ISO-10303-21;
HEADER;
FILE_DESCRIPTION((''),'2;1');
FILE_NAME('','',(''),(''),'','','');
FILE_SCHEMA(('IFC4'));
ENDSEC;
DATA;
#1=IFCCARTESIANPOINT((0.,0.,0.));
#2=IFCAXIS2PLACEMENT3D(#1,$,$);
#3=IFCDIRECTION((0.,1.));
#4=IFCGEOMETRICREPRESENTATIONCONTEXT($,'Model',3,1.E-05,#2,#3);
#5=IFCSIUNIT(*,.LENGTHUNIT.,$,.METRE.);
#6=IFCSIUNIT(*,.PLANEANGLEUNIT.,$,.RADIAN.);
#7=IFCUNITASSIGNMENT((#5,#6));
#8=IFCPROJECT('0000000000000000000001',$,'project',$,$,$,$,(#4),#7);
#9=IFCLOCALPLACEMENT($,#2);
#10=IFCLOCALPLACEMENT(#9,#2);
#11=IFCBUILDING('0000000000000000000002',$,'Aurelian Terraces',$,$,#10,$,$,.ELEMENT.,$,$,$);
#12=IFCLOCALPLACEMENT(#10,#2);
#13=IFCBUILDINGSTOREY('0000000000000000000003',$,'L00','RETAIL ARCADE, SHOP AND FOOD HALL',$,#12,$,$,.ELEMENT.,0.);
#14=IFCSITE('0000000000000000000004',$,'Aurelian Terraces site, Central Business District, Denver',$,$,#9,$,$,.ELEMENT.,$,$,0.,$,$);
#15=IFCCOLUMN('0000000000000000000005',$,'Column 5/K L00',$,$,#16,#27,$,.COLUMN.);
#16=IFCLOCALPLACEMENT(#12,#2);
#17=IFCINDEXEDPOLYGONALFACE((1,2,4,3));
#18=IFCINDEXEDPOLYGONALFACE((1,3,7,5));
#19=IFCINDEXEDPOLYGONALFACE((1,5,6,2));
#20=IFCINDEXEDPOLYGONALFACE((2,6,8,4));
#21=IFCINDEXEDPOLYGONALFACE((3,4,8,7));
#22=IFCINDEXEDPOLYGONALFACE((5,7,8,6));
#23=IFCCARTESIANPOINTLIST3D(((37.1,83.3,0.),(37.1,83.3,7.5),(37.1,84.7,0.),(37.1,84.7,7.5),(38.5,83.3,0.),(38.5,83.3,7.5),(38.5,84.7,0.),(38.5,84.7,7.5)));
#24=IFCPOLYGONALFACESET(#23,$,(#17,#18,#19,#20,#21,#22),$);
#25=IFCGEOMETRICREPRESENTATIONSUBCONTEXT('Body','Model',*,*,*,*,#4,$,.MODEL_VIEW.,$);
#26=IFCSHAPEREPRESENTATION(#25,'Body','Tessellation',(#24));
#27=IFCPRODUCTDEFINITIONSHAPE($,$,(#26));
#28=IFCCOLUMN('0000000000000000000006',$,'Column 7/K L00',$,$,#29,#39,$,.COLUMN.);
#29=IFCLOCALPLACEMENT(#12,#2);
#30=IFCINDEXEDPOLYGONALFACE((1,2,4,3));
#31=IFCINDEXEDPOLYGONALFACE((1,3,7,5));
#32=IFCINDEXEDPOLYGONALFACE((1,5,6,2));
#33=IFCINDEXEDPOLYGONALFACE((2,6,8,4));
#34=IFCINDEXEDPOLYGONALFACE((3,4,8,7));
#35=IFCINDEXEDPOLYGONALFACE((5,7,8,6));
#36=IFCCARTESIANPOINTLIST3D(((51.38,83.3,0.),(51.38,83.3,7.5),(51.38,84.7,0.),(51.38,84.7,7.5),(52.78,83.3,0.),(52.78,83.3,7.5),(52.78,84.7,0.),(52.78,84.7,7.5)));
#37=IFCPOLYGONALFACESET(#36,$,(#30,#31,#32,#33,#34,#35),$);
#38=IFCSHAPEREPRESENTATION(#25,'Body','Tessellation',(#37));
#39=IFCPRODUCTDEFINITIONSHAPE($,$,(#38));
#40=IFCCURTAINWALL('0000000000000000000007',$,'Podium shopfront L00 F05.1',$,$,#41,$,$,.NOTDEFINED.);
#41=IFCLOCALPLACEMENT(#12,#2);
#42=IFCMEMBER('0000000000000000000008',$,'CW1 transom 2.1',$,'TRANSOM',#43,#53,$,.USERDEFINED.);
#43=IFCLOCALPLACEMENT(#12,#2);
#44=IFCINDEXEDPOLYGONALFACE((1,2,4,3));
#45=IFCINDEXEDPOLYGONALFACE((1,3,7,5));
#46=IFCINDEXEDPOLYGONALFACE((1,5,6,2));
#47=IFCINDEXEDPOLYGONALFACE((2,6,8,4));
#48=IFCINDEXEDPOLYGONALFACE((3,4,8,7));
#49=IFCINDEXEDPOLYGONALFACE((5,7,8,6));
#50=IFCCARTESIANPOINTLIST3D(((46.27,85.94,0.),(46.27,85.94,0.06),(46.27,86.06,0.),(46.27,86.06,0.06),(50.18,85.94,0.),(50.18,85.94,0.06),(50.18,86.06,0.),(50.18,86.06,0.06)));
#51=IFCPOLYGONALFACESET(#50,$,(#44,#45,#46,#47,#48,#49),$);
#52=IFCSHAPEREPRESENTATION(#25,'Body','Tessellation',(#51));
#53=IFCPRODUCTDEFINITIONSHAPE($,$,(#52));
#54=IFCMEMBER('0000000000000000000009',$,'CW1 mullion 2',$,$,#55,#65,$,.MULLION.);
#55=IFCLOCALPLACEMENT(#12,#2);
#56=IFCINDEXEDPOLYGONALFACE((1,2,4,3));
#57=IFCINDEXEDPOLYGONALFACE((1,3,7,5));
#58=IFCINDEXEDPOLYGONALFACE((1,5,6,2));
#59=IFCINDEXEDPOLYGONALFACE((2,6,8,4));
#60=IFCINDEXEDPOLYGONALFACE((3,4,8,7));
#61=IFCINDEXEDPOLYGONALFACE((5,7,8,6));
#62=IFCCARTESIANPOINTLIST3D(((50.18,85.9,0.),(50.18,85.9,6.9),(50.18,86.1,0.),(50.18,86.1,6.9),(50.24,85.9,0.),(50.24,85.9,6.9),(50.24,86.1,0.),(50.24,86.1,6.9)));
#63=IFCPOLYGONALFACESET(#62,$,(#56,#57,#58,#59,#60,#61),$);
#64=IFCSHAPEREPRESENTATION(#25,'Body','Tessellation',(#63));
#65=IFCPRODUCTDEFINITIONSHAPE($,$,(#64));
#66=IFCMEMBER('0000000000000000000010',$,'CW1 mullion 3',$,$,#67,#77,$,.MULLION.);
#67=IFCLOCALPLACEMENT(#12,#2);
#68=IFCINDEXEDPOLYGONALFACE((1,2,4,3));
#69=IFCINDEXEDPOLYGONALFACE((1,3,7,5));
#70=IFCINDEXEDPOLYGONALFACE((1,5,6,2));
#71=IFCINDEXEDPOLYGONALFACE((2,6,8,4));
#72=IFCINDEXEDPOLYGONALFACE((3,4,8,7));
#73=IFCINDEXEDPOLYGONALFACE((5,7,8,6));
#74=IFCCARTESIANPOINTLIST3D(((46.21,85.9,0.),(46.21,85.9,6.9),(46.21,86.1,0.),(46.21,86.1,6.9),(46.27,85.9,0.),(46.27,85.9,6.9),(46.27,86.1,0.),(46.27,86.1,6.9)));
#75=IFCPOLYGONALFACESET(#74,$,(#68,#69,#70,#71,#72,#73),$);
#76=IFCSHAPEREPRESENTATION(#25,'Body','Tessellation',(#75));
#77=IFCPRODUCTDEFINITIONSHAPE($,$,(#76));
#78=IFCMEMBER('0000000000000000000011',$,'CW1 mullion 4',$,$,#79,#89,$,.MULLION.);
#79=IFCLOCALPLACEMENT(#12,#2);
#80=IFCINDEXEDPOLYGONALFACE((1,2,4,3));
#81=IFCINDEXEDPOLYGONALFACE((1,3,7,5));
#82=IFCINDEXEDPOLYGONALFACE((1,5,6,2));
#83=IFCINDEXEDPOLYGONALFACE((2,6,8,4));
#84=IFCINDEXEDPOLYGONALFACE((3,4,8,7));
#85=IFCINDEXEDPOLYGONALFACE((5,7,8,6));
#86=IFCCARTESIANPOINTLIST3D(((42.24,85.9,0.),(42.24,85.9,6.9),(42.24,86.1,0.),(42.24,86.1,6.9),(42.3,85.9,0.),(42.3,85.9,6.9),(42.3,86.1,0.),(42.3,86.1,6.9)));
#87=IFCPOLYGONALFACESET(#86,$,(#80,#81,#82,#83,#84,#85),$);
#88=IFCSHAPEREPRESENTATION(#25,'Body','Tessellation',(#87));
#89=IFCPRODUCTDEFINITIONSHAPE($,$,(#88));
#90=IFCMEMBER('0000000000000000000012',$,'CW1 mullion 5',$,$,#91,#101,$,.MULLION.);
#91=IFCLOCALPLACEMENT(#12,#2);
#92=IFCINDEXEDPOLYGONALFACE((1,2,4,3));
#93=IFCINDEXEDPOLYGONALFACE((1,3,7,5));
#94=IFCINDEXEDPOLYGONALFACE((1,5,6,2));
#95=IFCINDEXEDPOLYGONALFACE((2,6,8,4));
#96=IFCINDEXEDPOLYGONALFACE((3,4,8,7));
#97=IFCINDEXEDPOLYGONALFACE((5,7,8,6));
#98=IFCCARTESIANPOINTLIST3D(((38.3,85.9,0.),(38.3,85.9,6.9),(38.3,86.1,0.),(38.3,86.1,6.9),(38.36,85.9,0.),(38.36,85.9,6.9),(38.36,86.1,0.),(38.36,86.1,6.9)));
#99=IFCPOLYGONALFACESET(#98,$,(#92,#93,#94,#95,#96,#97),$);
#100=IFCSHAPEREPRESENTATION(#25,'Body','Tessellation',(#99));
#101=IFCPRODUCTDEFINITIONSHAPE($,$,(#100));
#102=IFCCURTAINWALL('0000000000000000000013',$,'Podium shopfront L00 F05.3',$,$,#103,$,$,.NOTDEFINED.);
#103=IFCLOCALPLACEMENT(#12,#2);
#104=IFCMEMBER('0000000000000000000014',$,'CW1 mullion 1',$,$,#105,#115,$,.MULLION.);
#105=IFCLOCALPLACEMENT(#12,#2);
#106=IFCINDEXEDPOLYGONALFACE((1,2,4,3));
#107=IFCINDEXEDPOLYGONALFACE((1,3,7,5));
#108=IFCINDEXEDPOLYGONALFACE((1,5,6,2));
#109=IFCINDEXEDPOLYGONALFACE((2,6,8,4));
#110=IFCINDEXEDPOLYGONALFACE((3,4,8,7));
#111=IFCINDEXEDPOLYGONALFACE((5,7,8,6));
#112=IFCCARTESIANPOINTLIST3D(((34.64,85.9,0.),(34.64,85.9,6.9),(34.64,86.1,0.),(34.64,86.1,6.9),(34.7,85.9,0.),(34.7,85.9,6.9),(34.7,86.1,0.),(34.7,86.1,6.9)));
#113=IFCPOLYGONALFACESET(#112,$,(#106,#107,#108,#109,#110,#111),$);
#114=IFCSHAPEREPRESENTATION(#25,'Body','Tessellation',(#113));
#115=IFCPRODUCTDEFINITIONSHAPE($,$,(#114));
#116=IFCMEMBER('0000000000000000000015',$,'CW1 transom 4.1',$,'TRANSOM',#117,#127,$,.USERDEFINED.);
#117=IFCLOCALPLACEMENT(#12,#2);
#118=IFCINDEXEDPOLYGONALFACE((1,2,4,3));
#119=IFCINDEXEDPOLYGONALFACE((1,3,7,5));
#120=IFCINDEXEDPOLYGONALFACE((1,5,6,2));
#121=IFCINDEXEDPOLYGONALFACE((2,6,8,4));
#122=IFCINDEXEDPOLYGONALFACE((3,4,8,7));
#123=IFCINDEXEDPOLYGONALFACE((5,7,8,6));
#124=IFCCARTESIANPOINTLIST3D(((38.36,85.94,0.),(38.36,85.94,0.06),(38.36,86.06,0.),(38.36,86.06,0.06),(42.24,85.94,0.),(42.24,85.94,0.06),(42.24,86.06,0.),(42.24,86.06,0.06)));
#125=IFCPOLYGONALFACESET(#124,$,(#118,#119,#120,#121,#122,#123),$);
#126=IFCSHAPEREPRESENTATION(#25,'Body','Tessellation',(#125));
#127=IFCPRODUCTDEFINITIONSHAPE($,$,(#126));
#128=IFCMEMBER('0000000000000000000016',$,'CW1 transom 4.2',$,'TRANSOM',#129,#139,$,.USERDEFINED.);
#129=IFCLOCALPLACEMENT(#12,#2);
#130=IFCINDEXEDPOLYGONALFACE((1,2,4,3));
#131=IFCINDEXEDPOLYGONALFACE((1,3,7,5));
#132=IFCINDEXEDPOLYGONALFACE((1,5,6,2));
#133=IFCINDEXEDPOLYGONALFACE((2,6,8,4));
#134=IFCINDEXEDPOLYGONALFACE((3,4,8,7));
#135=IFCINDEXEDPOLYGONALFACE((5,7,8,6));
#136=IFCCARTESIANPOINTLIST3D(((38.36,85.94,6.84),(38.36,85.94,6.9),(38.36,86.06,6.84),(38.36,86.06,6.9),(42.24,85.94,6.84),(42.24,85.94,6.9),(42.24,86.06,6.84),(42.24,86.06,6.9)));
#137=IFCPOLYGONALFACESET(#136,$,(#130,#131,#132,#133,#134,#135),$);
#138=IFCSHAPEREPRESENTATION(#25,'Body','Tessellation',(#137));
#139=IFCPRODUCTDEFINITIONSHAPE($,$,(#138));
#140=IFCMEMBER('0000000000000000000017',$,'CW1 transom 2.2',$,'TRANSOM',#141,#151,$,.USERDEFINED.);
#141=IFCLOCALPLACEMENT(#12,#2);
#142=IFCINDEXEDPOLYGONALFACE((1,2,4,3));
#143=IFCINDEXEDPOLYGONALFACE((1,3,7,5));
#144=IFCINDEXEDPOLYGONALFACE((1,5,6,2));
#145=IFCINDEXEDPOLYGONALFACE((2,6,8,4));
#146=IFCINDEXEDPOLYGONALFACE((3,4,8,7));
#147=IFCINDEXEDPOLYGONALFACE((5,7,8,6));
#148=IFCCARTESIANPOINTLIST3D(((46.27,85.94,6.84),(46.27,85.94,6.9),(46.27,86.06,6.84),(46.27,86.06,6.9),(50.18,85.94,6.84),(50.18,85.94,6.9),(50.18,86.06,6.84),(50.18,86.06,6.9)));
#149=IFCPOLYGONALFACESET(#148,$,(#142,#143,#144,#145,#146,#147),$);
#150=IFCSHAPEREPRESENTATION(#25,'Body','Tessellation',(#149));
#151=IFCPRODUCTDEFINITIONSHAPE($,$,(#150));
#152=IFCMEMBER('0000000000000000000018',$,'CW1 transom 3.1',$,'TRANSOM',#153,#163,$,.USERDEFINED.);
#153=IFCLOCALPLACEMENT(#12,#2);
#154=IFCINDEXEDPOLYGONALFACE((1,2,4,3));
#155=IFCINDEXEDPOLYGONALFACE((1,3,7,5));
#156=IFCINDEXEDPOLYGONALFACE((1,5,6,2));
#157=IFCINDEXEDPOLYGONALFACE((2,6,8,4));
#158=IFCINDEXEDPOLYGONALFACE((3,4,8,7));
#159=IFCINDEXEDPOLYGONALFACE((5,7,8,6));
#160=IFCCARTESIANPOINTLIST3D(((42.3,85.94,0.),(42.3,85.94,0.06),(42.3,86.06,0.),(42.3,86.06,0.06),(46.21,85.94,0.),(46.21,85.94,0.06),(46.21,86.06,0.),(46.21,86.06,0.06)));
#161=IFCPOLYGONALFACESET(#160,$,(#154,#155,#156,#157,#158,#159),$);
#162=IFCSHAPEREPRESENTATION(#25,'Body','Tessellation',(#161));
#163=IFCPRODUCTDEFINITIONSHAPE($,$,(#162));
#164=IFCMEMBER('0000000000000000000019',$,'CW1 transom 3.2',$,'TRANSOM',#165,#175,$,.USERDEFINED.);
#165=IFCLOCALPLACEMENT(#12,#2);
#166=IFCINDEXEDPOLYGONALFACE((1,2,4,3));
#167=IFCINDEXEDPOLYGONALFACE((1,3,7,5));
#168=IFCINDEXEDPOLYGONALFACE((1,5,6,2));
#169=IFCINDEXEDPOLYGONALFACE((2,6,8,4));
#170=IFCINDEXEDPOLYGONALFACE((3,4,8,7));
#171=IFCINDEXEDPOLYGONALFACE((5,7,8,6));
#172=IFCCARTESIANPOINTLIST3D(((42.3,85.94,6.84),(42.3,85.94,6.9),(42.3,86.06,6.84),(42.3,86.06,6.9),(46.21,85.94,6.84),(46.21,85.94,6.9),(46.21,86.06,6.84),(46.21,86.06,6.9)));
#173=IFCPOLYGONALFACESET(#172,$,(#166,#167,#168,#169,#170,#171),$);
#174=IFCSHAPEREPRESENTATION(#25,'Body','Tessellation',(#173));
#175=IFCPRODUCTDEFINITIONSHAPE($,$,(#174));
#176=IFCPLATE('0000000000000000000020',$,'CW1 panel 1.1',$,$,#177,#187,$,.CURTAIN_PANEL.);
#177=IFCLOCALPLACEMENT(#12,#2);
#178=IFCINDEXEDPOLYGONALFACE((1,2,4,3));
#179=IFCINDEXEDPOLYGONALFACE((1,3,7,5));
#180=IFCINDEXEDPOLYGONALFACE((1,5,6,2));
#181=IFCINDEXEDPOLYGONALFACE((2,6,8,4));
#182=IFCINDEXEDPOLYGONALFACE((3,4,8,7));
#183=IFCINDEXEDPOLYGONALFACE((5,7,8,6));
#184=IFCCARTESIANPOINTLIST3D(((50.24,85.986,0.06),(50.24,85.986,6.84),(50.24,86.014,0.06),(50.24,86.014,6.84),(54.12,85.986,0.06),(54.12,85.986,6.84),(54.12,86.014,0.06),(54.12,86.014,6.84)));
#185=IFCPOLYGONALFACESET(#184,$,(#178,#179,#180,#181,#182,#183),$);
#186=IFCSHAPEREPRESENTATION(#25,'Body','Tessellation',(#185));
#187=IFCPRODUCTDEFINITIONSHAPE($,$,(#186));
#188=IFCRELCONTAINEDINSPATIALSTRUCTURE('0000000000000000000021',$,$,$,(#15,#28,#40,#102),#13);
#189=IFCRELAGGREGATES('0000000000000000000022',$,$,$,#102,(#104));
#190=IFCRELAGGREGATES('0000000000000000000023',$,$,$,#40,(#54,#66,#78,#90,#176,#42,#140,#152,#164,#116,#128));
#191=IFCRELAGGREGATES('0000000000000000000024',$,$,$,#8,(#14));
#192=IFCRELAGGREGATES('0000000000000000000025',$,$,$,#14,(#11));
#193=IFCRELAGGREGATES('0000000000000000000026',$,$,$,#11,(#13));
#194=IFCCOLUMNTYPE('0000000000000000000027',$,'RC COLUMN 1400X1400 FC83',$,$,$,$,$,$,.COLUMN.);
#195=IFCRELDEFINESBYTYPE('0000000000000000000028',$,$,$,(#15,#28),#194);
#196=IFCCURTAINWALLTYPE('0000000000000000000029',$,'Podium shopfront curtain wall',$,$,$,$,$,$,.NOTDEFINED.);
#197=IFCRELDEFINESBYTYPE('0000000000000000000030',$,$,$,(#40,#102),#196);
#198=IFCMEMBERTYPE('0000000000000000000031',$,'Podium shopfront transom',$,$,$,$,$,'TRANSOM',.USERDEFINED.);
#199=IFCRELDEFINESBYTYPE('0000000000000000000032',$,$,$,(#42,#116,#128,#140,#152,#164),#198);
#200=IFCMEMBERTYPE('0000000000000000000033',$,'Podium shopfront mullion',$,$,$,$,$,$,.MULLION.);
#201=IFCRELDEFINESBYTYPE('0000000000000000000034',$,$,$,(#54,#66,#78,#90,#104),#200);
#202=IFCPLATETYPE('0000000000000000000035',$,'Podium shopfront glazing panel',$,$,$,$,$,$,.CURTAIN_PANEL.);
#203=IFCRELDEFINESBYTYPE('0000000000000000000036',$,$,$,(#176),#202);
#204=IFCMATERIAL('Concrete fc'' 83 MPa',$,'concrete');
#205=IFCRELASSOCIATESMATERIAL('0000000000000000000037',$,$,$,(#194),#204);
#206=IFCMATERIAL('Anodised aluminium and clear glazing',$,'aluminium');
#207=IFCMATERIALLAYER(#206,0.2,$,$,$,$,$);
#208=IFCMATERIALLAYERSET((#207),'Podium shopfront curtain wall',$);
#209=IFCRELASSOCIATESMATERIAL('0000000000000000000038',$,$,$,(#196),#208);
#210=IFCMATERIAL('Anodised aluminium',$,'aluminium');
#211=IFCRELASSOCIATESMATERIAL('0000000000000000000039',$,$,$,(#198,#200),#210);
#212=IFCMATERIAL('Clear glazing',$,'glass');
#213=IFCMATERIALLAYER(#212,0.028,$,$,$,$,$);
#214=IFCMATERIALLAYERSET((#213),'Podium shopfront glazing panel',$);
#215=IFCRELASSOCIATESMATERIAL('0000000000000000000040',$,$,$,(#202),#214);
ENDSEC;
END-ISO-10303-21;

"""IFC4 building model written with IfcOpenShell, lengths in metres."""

from ifc_helpers import new_model, si_unit, direction, frame, origin, origin_2d, place, context, subcontext, project, spatial, rectangle, extrude, source, transform, mapped, material, layer, layer_set, material_profile, profile_set, type_object, element, aggregate, save


model = new_model("IFC4")

# Units and contexts
model_context = context("Model", 3, precision=1e-05, world=origin(), true_north=direction((0.0, 1.0)))
body_context = subcontext(model_context, "Body", "Model", "MODEL_VIEW")
ifc_project = project(units=[si_unit("LENGTHUNIT", "METRE"), si_unit("PLANEANGLEUNIT", "RADIAN")], contexts=[model_context])

# Site, building, storey
site_placement = place(None, origin())
site = spatial("IfcSite", under=ifc_project, at=site_placement, Name="Aurelian Terraces site, Central Business District, Denver", CompositionType="ELEMENT", RefElevation=0.0)
building_placement = place(site_placement, origin())
building = spatial("IfcBuilding", under=site, at=building_placement, Name="Aurelian Terraces", CompositionType="ELEMENT")
storey_placement = place(building_placement, origin())
storey = spatial("IfcBuildingStorey", under=building, at=storey_placement, Name="L00", Description="RETAIL ARCADE, SHOP AND FOOD HALL", CompositionType="ELEMENT", Elevation=0.0)

# Columns
ifc_material_1 = material(Name="Concrete fc' 83 MPa", Category="concrete")
ifc_material_profile_1 = material_profile(ifc_material_1, rectangle(XDim=1.4, YDim=1.4, at=origin_2d()))
ifc_profile_set_1 = profile_set([ifc_material_profile_1], Name="Concrete fc' 83 MPa")
column_type = type_object("IfcColumnType", Name="RC COLUMN 1400X1400 FC83", PredefinedType="COLUMN", material=ifc_profile_set_1)
shared_shape_1 = source(origin(), body_context, "Body", "SweptSolid", [
    extrude(rectangle(XDim=1.4, YDim=1.4, at=origin_2d()), origin(), (0.0, 0.0, 1.0), 7.5),
])
for number, where, z_axis, x_axis, name in (
    (1, (37.8, 84.0, 0.0), (0.0, 0.0, 1.0), (1.0, 0.0, 0.0), "Column 5/K L00"),
    (2, (52.08, 84.0, 0.0), (0.0, 0.0, 1.0), (1.0, 0.0, 0.0), "Column 7/K L00"),
):
    element("IfcColumn", number, at=place(storey_placement, frame(where, z_axis=z_axis, x_axis=x_axis)), inside=storey, type_object=column_type, Name=name, PredefinedType="COLUMN", context=body_context, shape_type="MappedRepresentation", body=[
        mapped(shared_shape_1, transform((0.0, 0.0, 0.0), scale=1.0)),
    ])

# Curtain wall, members
ifc_material_2 = material(Name="Anodised aluminium and clear glazing", Category="aluminium")
ifc_layer_1 = layer(ifc_material_2, 0.2)
ifc_layer_set_1 = layer_set([ifc_layer_1], Name="Podium shopfront curtain wall")
curtain_wall_type = type_object("IfcCurtainWallType", Name="Podium shopfront curtain wall", PredefinedType="NOTDEFINED", material=ifc_layer_set_1)
curtain_wall_1_placement = place(storey_placement, origin())
curtain_wall_1 = element("IfcCurtainWall", 3, at=curtain_wall_1_placement, inside=storey, type_object=curtain_wall_type, Name="Podium shopfront L00 F05.1", PredefinedType="NOTDEFINED")
ifc_material_3 = material(Name="Anodised aluminium", Category="aluminium")
ifc_material_profile_2 = material_profile(ifc_material_3, rectangle(XDim=0.12, YDim=0.06, at=origin_2d()))
ifc_profile_set_2 = profile_set([ifc_material_profile_2], Name="Anodised aluminium")
member_type_1 = type_object("IfcMemberType", Name="Podium shopfront transom", ElementType="TRANSOM", PredefinedType="USERDEFINED", material=ifc_profile_set_2)
member_1_placement = place(storey_placement, frame((50.18, 86.0, 0.03), z_axis=(-1.0, 0.0, 0.0), x_axis=(0.0, -1.0, 0.0)))
member_1 = element("IfcMember", 4, at=member_1_placement, type_object=member_type_1, Name="CW1 transom 2.1", ObjectType="TRANSOM", PredefinedType="USERDEFINED", context=body_context, shape_type="SweptSolid", body=[
    extrude(rectangle(XDim=0.12, YDim=0.06, at=origin_2d()), origin(), (0.0, 0.0, 1.0), 3.91),
])
ifc_material_profile_3 = material_profile(ifc_material_3, rectangle(XDim=0.2, YDim=0.06, at=origin_2d()))
ifc_profile_set_3 = profile_set([ifc_material_profile_3], Name="Anodised aluminium")
member_type_2 = type_object("IfcMemberType", Name="Podium shopfront mullion", PredefinedType="MULLION", material=ifc_profile_set_3)
shared_shape_2 = source(origin(), body_context, "Body", "SweptSolid", [
    extrude(rectangle(XDim=0.2, YDim=0.06, at=origin_2d()), origin(), (0.0, 0.0, 1.0), 6.9),
])
member_2_placement = place(storey_placement, frame((50.21, 86.0, 0.0), z_axis=(0.0, 0.0, 1.0), x_axis=(0.0, -1.0, 0.0)))
member_2 = element("IfcMember", 5, at=member_2_placement, type_object=member_type_2, Name="CW1 mullion 2", PredefinedType="MULLION", context=body_context, shape_type="MappedRepresentation", body=[
    mapped(shared_shape_2, transform((0.0, 0.0, 0.0), scale=1.0)),
])
member_3_placement = place(storey_placement, frame((46.24, 86.0, 0.0), z_axis=(0.0, 0.0, 1.0), x_axis=(0.0, -1.0, 0.0)))
member_3 = element("IfcMember", 6, at=member_3_placement, type_object=member_type_2, Name="CW1 mullion 3", PredefinedType="MULLION", context=body_context, shape_type="MappedRepresentation", body=[
    mapped(shared_shape_2, transform((0.0, 0.0, 0.0), scale=1.0)),
])
member_4_placement = place(storey_placement, frame((42.27, 86.0, 0.0), z_axis=(0.0, 0.0, 1.0), x_axis=(0.0, -1.0, 0.0)))
member_4 = element("IfcMember", 7, at=member_4_placement, type_object=member_type_2, Name="CW1 mullion 4", PredefinedType="MULLION", context=body_context, shape_type="MappedRepresentation", body=[
    mapped(shared_shape_2, transform((0.0, 0.0, 0.0), scale=1.0)),
])
member_5_placement = place(storey_placement, frame((38.33, 86.0, 0.0), z_axis=(0.0, 0.0, 1.0), x_axis=(0.0, -1.0, 0.0)))
member_5 = element("IfcMember", 8, at=member_5_placement, type_object=member_type_2, Name="CW1 mullion 5", PredefinedType="MULLION", context=body_context, shape_type="MappedRepresentation", body=[
    mapped(shared_shape_2, transform((0.0, 0.0, 0.0), scale=1.0)),
])

# Curtain wall, member
curtain_wall_2_placement = place(storey_placement, origin())
curtain_wall_2 = element("IfcCurtainWall", 9, at=curtain_wall_2_placement, inside=storey, type_object=curtain_wall_type, Name="Podium shopfront L00 F05.3", PredefinedType="NOTDEFINED")
member_6_placement = place(storey_placement, frame((34.67, 86.0, 0.0), z_axis=(0.0, 0.0, 1.0), x_axis=(0.0, -1.0, 0.0)))
member_6 = element("IfcMember", 10, at=member_6_placement, type_object=member_type_2, Name="CW1 mullion 1", PredefinedType="MULLION", context=body_context, shape_type="MappedRepresentation", body=[
    mapped(shared_shape_2, transform((0.0, 0.0, 0.0), scale=1.0)),
])
aggregate(curtain_wall_2, [member_6])

# Members
shared_shape_3 = source(origin(), body_context, "Body", "SweptSolid", [
    extrude(rectangle(XDim=0.12, YDim=0.06, at=origin_2d()), origin(), (0.0, 0.0, 1.0), 3.88),
])
member_7_placement = place(storey_placement, frame((42.24, 86.0, 0.03), z_axis=(-1.0, 0.0, 0.0), x_axis=(0.0, -1.0, 0.0)))
member_7 = element("IfcMember", 11, at=member_7_placement, type_object=member_type_1, Name="CW1 transom 4.1", ObjectType="TRANSOM", PredefinedType="USERDEFINED", context=body_context, shape_type="MappedRepresentation", body=[
    mapped(shared_shape_3, transform((0.0, 0.0, 0.0), scale=1.0)),
])
member_8_placement = place(storey_placement, frame((42.24, 86.0, 6.87), z_axis=(-1.0, 0.0, 0.0), x_axis=(0.0, -1.0, 0.0)))
member_8 = element("IfcMember", 12, at=member_8_placement, type_object=member_type_1, Name="CW1 transom 4.2", ObjectType="TRANSOM", PredefinedType="USERDEFINED", context=body_context, shape_type="MappedRepresentation", body=[
    mapped(shared_shape_3, transform((0.0, 0.0, 0.0), scale=1.0)),
])
shared_shape_4 = source(origin(), body_context, "Body", "SweptSolid", [
    extrude(rectangle(XDim=0.12, YDim=0.06, at=origin_2d()), origin(), (0.0, 0.0, 1.0), 3.91),
])
member_9_placement = place(storey_placement, frame((50.18, 86.0, 6.87), z_axis=(-1.0, 0.0, 0.0), x_axis=(0.0, -1.0, 0.0)))
member_9 = element("IfcMember", 13, at=member_9_placement, type_object=member_type_1, Name="CW1 transom 2.2", ObjectType="TRANSOM", PredefinedType="USERDEFINED", context=body_context, shape_type="MappedRepresentation", body=[
    mapped(shared_shape_4, transform((0.0, 0.0, 0.0), scale=1.0)),
])
member_10_placement = place(storey_placement, frame((46.21, 86.0, 0.03), z_axis=(-1.0, 0.0, 0.0), x_axis=(0.0, -1.0, 0.0)))
member_10 = element("IfcMember", 14, at=member_10_placement, type_object=member_type_1, Name="CW1 transom 3.1", ObjectType="TRANSOM", PredefinedType="USERDEFINED", context=body_context, shape_type="MappedRepresentation", body=[
    mapped(shared_shape_4, transform((0.0, 0.0, 0.0), scale=1.0)),
])
member_11_placement = place(storey_placement, frame((46.21, 86.0, 6.87), z_axis=(-1.0, 0.0, 0.0), x_axis=(0.0, -1.0, 0.0)))
member_11 = element("IfcMember", 15, at=member_11_placement, type_object=member_type_1, Name="CW1 transom 3.2", ObjectType="TRANSOM", PredefinedType="USERDEFINED", context=body_context, shape_type="MappedRepresentation", body=[
    mapped(shared_shape_4, transform((0.0, 0.0, 0.0), scale=1.0)),
])

# Plate
ifc_material_4 = material(Name="Clear glazing", Category="glass")
ifc_layer_2 = layer(ifc_material_4, 0.028)
ifc_layer_set_2 = layer_set([ifc_layer_2], Name="Podium shopfront glazing panel")
plate_type = type_object("IfcPlateType", Name="Podium shopfront glazing panel", PredefinedType="CURTAIN_PANEL", material=ifc_layer_set_2)
plate_1_placement = place(storey_placement, frame((52.18, 86.0, 0.06), z_axis=(0.0, 0.0, 1.0), x_axis=(-1.0, 0.0, 0.0)))
plate_1 = element("IfcPlate", 16, at=plate_1_placement, type_object=plate_type, Name="CW1 panel 1.1", PredefinedType="CURTAIN_PANEL", context=body_context, shape_type="SweptSolid", body=[
    extrude(rectangle(XDim=3.88, YDim=0.028, at=origin_2d()), origin(), (0.0, 0.0, 1.0), 6.78),
])
aggregate(curtain_wall_1, [member_2, member_3, member_4, member_5, plate_1, member_1, member_9, member_10, member_11, member_7, member_8])

save(model, "model.ifc")
